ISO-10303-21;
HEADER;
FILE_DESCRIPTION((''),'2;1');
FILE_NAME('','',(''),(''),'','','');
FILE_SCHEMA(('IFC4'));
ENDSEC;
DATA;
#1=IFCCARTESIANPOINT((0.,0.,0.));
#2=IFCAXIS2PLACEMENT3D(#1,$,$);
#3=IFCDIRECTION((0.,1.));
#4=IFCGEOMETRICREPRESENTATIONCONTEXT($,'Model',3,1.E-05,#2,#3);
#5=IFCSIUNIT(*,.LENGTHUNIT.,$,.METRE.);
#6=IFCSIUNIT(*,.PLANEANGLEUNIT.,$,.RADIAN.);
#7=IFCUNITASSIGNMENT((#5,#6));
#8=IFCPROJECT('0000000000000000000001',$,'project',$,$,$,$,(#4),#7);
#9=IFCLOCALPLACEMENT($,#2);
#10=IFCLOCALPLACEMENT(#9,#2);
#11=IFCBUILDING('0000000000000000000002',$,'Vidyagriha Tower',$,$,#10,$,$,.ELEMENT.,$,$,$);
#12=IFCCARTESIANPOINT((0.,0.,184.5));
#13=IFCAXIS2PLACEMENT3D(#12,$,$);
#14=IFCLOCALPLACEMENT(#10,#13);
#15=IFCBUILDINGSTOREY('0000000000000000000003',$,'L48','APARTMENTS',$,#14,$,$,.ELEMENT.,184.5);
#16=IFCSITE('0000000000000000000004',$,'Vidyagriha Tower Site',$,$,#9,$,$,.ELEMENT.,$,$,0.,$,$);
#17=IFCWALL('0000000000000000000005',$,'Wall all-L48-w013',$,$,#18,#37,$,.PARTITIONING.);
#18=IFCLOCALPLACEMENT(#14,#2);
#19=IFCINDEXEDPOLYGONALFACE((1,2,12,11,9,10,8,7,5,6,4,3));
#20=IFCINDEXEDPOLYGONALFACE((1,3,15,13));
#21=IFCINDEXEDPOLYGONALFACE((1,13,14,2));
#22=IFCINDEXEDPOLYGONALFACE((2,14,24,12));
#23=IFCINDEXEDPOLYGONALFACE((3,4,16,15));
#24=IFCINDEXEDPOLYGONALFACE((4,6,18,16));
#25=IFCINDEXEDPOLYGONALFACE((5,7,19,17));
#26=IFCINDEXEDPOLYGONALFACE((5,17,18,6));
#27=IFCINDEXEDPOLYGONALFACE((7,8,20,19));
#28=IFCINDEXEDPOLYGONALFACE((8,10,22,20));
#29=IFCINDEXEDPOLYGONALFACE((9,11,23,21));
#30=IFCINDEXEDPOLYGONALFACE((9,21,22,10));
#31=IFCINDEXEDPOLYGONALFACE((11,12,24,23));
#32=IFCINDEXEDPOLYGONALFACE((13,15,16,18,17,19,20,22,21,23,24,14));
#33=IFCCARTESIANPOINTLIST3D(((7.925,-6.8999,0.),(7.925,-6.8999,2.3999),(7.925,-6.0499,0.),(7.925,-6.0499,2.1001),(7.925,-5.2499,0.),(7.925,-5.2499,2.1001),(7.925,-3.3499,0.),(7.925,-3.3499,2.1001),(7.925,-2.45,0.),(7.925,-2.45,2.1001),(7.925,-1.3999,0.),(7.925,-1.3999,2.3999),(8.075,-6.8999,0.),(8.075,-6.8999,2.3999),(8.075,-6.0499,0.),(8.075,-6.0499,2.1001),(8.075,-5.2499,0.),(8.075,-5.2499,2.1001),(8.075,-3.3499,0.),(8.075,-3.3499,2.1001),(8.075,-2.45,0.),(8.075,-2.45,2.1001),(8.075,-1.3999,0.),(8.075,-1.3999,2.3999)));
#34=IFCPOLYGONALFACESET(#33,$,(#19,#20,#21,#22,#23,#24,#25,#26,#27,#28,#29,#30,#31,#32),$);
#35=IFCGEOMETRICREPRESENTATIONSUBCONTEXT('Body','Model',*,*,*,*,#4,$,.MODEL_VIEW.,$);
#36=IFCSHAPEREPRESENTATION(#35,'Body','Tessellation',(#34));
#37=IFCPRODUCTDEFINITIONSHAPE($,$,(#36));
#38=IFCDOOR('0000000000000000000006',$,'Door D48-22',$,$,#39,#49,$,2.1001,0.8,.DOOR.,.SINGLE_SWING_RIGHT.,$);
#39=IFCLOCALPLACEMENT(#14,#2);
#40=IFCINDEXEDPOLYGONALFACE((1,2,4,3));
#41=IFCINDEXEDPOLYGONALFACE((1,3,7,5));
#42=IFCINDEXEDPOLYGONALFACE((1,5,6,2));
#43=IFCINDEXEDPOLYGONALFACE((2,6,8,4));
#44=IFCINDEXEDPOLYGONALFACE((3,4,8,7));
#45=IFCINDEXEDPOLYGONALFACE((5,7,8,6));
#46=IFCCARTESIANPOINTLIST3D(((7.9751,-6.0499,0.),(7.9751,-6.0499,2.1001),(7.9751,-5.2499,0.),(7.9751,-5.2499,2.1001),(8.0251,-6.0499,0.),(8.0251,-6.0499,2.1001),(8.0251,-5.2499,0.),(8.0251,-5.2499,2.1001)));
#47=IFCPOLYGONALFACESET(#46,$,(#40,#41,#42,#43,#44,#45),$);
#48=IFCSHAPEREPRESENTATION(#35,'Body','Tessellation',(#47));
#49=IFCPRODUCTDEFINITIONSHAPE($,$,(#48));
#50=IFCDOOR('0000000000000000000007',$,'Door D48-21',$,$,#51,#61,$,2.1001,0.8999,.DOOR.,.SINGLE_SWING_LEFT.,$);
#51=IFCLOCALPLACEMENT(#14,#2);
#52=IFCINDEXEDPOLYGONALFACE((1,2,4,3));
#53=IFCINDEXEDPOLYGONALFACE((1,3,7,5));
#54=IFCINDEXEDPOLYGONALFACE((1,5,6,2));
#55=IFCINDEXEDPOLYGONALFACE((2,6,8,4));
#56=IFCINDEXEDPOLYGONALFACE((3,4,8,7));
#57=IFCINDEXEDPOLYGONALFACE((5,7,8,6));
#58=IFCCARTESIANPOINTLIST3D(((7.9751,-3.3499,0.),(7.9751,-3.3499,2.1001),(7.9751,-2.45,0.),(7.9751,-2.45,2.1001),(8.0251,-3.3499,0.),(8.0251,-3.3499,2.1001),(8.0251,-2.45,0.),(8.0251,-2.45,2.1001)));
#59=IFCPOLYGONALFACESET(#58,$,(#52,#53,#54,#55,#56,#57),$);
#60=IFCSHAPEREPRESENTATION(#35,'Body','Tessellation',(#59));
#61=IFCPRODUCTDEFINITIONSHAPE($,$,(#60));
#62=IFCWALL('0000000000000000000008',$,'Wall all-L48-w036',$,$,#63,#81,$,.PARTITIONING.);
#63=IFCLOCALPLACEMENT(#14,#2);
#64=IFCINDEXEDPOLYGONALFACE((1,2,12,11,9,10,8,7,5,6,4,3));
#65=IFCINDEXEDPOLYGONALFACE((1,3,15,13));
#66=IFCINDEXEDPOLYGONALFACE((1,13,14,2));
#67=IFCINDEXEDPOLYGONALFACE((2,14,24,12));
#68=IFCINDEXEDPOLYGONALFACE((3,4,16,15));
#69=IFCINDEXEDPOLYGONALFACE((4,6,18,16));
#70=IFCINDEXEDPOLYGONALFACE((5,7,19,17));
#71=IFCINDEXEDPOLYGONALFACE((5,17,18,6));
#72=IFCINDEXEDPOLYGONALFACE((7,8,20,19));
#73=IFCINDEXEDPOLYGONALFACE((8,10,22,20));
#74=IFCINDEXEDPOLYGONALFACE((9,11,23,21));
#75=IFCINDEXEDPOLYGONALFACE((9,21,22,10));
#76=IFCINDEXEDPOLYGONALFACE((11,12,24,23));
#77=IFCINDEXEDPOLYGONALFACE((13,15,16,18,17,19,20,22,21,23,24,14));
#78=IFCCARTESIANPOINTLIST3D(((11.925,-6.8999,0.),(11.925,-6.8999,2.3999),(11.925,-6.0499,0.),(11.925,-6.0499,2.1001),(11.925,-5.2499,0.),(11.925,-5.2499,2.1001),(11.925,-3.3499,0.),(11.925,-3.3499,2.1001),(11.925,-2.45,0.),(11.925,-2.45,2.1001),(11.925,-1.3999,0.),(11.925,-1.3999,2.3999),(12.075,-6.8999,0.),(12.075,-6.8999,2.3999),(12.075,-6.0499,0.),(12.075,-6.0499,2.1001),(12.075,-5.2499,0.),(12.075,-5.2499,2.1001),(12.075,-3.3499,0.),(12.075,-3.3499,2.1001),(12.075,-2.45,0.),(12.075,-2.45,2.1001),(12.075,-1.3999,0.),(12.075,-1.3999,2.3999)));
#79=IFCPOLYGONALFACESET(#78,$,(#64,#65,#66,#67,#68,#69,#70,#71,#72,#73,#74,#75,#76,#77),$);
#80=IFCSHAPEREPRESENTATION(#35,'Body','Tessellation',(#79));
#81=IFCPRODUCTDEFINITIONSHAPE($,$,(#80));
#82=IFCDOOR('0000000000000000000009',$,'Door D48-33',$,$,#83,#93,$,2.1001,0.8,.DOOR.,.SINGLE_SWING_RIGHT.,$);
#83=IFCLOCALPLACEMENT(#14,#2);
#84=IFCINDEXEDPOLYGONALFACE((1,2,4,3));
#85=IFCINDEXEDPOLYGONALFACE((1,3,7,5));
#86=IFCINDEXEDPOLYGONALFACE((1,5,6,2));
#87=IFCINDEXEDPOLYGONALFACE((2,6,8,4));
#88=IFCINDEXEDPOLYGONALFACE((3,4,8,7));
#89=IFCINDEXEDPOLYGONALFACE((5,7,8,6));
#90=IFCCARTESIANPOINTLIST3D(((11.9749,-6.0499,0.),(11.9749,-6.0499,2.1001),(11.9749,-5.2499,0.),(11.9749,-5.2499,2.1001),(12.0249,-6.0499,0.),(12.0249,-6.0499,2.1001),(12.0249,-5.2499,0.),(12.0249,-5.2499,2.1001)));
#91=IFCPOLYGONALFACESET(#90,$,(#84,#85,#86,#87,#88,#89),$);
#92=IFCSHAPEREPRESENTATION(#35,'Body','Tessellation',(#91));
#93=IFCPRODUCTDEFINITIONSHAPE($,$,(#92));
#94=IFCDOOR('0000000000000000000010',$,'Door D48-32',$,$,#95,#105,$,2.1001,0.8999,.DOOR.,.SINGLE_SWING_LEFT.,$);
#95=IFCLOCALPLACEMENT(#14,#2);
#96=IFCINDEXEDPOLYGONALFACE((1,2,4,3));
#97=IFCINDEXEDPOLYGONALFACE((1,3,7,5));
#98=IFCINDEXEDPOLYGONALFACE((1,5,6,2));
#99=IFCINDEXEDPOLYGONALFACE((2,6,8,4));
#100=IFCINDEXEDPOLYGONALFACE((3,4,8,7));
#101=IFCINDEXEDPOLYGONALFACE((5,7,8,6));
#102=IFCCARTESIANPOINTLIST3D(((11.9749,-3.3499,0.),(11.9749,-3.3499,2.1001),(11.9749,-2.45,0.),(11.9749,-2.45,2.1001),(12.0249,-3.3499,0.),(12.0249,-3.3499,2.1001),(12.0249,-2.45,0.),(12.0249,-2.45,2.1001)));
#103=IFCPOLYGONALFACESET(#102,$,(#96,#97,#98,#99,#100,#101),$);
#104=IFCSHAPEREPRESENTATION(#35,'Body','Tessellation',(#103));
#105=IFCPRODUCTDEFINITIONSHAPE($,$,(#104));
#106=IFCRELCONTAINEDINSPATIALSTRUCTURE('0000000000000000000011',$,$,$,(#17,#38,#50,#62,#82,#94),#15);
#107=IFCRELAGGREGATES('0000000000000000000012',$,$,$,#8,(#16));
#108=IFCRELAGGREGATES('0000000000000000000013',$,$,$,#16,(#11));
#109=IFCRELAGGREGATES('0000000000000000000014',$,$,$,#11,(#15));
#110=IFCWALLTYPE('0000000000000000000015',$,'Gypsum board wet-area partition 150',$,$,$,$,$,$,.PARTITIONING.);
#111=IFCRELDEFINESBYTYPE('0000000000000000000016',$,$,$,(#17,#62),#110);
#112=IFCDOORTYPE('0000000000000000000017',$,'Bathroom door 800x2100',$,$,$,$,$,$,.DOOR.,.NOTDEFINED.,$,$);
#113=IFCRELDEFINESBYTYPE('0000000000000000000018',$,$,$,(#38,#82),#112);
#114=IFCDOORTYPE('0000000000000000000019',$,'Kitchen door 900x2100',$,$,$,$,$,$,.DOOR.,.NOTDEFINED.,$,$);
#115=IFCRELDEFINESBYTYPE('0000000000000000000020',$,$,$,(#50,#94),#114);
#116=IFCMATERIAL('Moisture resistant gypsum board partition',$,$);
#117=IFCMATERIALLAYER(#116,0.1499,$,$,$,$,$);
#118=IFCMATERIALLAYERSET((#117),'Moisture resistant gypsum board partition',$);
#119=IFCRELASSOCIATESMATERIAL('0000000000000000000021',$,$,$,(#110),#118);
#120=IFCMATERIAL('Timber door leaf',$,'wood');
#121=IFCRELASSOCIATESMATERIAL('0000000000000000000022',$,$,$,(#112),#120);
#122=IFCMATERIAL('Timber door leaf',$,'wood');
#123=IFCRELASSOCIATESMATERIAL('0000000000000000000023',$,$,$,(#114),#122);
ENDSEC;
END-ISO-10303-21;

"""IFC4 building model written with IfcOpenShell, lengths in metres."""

from ifc_helpers import new_model, si_unit, direction, frame, frame_2d, origin, place, context, subcontext, project, spatial, rectangle, extrude, material, layer, layer_set, type_object, element, fill, save


model = new_model("IFC4")

# Units and contexts
model_context = context("Model", 3, precision=1e-05, world=origin(), true_north=direction((0.0, 1.0)))
body_context = subcontext(model_context, "Body", "Model", "MODEL_VIEW")
ifc_project = project(units=[si_unit("LENGTHUNIT", "METRE"), si_unit("PLANEANGLEUNIT", "RADIAN")], contexts=[model_context])

# Site, building, storey
site_placement = place(None, origin())
site = spatial("IfcSite", under=ifc_project, at=site_placement, Name="Vidyagriha Tower Site", CompositionType="ELEMENT", RefElevation=0.0)
building_placement = place(site_placement, origin())
building = spatial("IfcBuilding", under=site, at=building_placement, Name="Vidyagriha Tower", CompositionType="ELEMENT")
storey_placement = place(building_placement, frame((0.0, 0.0, 184.5)))
storey = spatial("IfcBuildingStorey", under=building, at=storey_placement, Name="L48", Description="APARTMENTS", CompositionType="ELEMENT", Elevation=184.5)

# Walls, openings, doors
ifc_material_1 = material(Name="Moisture resistant gypsum board partition")
ifc_layer_1 = layer(ifc_material_1, 0.1499)
ifc_layer_set_1 = layer_set([ifc_layer_1], Name="Moisture resistant gypsum board partition")
wall_type_1 = type_object("IfcWallType", Name="Gypsum board wet-area partition 150", PredefinedType="PARTITIONING", material=ifc_layer_set_1)
wall_1_placement = place(storey_placement, frame((8.0, -6.8999, 0.0), z_axis=(0.0, 0.0, 1.0), x_axis=(0.0, 1.0, 0.0)))
wall_1 = element("IfcWall", 1, at=wall_1_placement, inside=storey, type_object=wall_type_1, Name="Wall all-L48-w013", PredefinedType="PARTITIONING", context=body_context, shape_type="SweptSolid", body=[
    extrude(rectangle(XDim=5.5, YDim=0.1499, at=frame_2d((2.75, 0.0))), origin(), (0.0, 0.0, 1.0), 2.3999),
])
opening_1_placement = place(wall_1_placement, frame((3.55, 0.0, 0.0)))
opening_1 = element("IfcOpeningElement", 2, at=opening_1_placement, cuts=wall_1, PredefinedType="OPENING", context=body_context, shape_type="SweptSolid", body=[
    extrude(rectangle(XDim=0.8999, YDim=2.1001, at=frame_2d((0.45, 1.05))), frame((0.0, 0.085, 0.0), z_axis=(0.0, -1.0, 0.0), x_axis=(1.0, 0.0, 0.0)), (0.0, 0.0, 1.0), 0.1699),
])
opening_2_placement = place(wall_1_placement, frame((0.8501, 0.0, 0.0)))
opening_2 = element("IfcOpeningElement", 3, at=opening_2_placement, cuts=wall_1, PredefinedType="OPENING", context=body_context, shape_type="SweptSolid", body=[
    extrude(rectangle(XDim=0.8, YDim=2.1001, at=frame_2d((0.3999, 1.05))), frame((0.0, 0.085, 0.0), z_axis=(0.0, -1.0, 0.0), x_axis=(1.0, 0.0, 0.0)), (0.0, 0.0, 1.0), 0.1699),
])
ifc_material_2 = material(Name="Timber door leaf", Category="wood")
door_type_1 = type_object("IfcDoorType", Name="Bathroom door 800x2100", OperationType="NOTDEFINED", PredefinedType="DOOR", material=ifc_material_2)
door_1_placement = place(opening_2_placement, origin())
door_1 = element("IfcDoor", 4, at=door_1_placement, inside=storey, type_object=door_type_1, Name="Door D48-22", OperationType="SINGLE_SWING_RIGHT", OverallHeight=2.1001, OverallWidth=0.8, PredefinedType="DOOR", context=body_context, shape_type="SweptSolid", body=[
    extrude(rectangle(XDim=0.8, YDim=2.1001, at=frame_2d((0.3999, 1.05))), frame((0.0, 0.0249, 0.0), z_axis=(0.0, -1.0, 0.0), x_axis=(1.0, 0.0, 0.0)), (0.0, 0.0, 1.0), 0.05),
])
fill(opening_2, door_1)
ifc_material_3 = material(Name="Timber door leaf", Category="wood")
door_type_2 = type_object("IfcDoorType", Name="Kitchen door 900x2100", OperationType="NOTDEFINED", PredefinedType="DOOR", material=ifc_material_3)
door_2_placement = place(opening_1_placement, origin())
door_2 = element("IfcDoor", 5, at=door_2_placement, inside=storey, type_object=door_type_2, Name="Door D48-21", OperationType="SINGLE_SWING_LEFT", OverallHeight=2.1001, OverallWidth=0.8999, PredefinedType="DOOR", context=body_context, shape_type="SweptSolid", body=[
    extrude(rectangle(XDim=0.8999, YDim=2.1001, at=frame_2d((0.45, 1.05))), frame((0.0, 0.0249, 0.0), z_axis=(0.0, -1.0, 0.0), x_axis=(1.0, 0.0, 0.0)), (0.0, 0.0, 1.0), 0.05),
])
fill(opening_1, door_2)
wall_2_placement = place(storey_placement, frame((12.0, -1.3999, 0.0), z_axis=(0.0, 0.0, 1.0), x_axis=(0.0, -1.0, 0.0)))
wall_2 = element("IfcWall", 6, at=wall_2_placement, inside=storey, type_object=wall_type_1, Name="Wall all-L48-w036", PredefinedType="PARTITIONING", context=body_context, shape_type="SweptSolid", body=[
    extrude(rectangle(XDim=5.5, YDim=0.1499, at=frame_2d((2.75, 0.0))), origin(), (0.0, 0.0, 1.0), 2.3999),
])
opening_3_placement = place(wall_2_placement, frame((1.05, 0.0, 0.0)))
opening_3 = element("IfcOpeningElement", 7, at=opening_3_placement, cuts=wall_2, PredefinedType="OPENING", context=body_context, shape_type="SweptSolid", body=[
    extrude(rectangle(XDim=0.8999, YDim=2.1001, at=frame_2d((0.45, 1.05))), frame((0.0, 0.085, 0.0), z_axis=(0.0, -1.0, 0.0), x_axis=(1.0, 0.0, 0.0)), (0.0, 0.0, 1.0), 0.1699),
])
opening_4_placement = place(wall_2_placement, frame((3.8501, 0.0, 0.0)))
opening_4 = element("IfcOpeningElement", 8, at=opening_4_placement, cuts=wall_2, PredefinedType="OPENING", context=body_context, shape_type="SweptSolid", body=[
    extrude(rectangle(XDim=0.8, YDim=2.1001, at=frame_2d((0.3999, 1.05))), frame((0.0, 0.085, 0.0), z_axis=(0.0, -1.0, 0.0), x_axis=(1.0, 0.0, 0.0)), (0.0, 0.0, 1.0), 0.1699),
])
door_3_placement = place(opening_4_placement, origin())
door_3 = element("IfcDoor", 9, at=door_3_placement, inside=storey, type_object=door_type_1, Name="Door D48-33", OperationType="SINGLE_SWING_RIGHT", OverallHeight=2.1001, OverallWidth=0.8, PredefinedType="DOOR", context=body_context, shape_type="SweptSolid", body=[
    extrude(rectangle(XDim=0.8, YDim=2.1001, at=frame_2d((0.3999, 1.05))), frame((0.0, 0.0249, 0.0), z_axis=(0.0, -1.0, 0.0), x_axis=(1.0, 0.0, 0.0)), (0.0, 0.0, 1.0), 0.05),
])
fill(opening_4, door_3)
door_4_placement = place(opening_3_placement, origin())
door_4 = element("IfcDoor", 10, at=door_4_placement, inside=storey, type_object=door_type_2, Name="Door D48-32", OperationType="SINGLE_SWING_LEFT", OverallHeight=2.1001, OverallWidth=0.8999, PredefinedType="DOOR", context=body_context, shape_type="SweptSolid", body=[
    extrude(rectangle(XDim=0.8999, YDim=2.1001, at=frame_2d((0.45, 1.05))), frame((0.0, 0.0249, 0.0), z_axis=(0.0, -1.0, 0.0), x_axis=(1.0, 0.0, 0.0)), (0.0, 0.0, 1.0), 0.05),
])
fill(opening_3, door_4)

save(model, "model.ifc")
